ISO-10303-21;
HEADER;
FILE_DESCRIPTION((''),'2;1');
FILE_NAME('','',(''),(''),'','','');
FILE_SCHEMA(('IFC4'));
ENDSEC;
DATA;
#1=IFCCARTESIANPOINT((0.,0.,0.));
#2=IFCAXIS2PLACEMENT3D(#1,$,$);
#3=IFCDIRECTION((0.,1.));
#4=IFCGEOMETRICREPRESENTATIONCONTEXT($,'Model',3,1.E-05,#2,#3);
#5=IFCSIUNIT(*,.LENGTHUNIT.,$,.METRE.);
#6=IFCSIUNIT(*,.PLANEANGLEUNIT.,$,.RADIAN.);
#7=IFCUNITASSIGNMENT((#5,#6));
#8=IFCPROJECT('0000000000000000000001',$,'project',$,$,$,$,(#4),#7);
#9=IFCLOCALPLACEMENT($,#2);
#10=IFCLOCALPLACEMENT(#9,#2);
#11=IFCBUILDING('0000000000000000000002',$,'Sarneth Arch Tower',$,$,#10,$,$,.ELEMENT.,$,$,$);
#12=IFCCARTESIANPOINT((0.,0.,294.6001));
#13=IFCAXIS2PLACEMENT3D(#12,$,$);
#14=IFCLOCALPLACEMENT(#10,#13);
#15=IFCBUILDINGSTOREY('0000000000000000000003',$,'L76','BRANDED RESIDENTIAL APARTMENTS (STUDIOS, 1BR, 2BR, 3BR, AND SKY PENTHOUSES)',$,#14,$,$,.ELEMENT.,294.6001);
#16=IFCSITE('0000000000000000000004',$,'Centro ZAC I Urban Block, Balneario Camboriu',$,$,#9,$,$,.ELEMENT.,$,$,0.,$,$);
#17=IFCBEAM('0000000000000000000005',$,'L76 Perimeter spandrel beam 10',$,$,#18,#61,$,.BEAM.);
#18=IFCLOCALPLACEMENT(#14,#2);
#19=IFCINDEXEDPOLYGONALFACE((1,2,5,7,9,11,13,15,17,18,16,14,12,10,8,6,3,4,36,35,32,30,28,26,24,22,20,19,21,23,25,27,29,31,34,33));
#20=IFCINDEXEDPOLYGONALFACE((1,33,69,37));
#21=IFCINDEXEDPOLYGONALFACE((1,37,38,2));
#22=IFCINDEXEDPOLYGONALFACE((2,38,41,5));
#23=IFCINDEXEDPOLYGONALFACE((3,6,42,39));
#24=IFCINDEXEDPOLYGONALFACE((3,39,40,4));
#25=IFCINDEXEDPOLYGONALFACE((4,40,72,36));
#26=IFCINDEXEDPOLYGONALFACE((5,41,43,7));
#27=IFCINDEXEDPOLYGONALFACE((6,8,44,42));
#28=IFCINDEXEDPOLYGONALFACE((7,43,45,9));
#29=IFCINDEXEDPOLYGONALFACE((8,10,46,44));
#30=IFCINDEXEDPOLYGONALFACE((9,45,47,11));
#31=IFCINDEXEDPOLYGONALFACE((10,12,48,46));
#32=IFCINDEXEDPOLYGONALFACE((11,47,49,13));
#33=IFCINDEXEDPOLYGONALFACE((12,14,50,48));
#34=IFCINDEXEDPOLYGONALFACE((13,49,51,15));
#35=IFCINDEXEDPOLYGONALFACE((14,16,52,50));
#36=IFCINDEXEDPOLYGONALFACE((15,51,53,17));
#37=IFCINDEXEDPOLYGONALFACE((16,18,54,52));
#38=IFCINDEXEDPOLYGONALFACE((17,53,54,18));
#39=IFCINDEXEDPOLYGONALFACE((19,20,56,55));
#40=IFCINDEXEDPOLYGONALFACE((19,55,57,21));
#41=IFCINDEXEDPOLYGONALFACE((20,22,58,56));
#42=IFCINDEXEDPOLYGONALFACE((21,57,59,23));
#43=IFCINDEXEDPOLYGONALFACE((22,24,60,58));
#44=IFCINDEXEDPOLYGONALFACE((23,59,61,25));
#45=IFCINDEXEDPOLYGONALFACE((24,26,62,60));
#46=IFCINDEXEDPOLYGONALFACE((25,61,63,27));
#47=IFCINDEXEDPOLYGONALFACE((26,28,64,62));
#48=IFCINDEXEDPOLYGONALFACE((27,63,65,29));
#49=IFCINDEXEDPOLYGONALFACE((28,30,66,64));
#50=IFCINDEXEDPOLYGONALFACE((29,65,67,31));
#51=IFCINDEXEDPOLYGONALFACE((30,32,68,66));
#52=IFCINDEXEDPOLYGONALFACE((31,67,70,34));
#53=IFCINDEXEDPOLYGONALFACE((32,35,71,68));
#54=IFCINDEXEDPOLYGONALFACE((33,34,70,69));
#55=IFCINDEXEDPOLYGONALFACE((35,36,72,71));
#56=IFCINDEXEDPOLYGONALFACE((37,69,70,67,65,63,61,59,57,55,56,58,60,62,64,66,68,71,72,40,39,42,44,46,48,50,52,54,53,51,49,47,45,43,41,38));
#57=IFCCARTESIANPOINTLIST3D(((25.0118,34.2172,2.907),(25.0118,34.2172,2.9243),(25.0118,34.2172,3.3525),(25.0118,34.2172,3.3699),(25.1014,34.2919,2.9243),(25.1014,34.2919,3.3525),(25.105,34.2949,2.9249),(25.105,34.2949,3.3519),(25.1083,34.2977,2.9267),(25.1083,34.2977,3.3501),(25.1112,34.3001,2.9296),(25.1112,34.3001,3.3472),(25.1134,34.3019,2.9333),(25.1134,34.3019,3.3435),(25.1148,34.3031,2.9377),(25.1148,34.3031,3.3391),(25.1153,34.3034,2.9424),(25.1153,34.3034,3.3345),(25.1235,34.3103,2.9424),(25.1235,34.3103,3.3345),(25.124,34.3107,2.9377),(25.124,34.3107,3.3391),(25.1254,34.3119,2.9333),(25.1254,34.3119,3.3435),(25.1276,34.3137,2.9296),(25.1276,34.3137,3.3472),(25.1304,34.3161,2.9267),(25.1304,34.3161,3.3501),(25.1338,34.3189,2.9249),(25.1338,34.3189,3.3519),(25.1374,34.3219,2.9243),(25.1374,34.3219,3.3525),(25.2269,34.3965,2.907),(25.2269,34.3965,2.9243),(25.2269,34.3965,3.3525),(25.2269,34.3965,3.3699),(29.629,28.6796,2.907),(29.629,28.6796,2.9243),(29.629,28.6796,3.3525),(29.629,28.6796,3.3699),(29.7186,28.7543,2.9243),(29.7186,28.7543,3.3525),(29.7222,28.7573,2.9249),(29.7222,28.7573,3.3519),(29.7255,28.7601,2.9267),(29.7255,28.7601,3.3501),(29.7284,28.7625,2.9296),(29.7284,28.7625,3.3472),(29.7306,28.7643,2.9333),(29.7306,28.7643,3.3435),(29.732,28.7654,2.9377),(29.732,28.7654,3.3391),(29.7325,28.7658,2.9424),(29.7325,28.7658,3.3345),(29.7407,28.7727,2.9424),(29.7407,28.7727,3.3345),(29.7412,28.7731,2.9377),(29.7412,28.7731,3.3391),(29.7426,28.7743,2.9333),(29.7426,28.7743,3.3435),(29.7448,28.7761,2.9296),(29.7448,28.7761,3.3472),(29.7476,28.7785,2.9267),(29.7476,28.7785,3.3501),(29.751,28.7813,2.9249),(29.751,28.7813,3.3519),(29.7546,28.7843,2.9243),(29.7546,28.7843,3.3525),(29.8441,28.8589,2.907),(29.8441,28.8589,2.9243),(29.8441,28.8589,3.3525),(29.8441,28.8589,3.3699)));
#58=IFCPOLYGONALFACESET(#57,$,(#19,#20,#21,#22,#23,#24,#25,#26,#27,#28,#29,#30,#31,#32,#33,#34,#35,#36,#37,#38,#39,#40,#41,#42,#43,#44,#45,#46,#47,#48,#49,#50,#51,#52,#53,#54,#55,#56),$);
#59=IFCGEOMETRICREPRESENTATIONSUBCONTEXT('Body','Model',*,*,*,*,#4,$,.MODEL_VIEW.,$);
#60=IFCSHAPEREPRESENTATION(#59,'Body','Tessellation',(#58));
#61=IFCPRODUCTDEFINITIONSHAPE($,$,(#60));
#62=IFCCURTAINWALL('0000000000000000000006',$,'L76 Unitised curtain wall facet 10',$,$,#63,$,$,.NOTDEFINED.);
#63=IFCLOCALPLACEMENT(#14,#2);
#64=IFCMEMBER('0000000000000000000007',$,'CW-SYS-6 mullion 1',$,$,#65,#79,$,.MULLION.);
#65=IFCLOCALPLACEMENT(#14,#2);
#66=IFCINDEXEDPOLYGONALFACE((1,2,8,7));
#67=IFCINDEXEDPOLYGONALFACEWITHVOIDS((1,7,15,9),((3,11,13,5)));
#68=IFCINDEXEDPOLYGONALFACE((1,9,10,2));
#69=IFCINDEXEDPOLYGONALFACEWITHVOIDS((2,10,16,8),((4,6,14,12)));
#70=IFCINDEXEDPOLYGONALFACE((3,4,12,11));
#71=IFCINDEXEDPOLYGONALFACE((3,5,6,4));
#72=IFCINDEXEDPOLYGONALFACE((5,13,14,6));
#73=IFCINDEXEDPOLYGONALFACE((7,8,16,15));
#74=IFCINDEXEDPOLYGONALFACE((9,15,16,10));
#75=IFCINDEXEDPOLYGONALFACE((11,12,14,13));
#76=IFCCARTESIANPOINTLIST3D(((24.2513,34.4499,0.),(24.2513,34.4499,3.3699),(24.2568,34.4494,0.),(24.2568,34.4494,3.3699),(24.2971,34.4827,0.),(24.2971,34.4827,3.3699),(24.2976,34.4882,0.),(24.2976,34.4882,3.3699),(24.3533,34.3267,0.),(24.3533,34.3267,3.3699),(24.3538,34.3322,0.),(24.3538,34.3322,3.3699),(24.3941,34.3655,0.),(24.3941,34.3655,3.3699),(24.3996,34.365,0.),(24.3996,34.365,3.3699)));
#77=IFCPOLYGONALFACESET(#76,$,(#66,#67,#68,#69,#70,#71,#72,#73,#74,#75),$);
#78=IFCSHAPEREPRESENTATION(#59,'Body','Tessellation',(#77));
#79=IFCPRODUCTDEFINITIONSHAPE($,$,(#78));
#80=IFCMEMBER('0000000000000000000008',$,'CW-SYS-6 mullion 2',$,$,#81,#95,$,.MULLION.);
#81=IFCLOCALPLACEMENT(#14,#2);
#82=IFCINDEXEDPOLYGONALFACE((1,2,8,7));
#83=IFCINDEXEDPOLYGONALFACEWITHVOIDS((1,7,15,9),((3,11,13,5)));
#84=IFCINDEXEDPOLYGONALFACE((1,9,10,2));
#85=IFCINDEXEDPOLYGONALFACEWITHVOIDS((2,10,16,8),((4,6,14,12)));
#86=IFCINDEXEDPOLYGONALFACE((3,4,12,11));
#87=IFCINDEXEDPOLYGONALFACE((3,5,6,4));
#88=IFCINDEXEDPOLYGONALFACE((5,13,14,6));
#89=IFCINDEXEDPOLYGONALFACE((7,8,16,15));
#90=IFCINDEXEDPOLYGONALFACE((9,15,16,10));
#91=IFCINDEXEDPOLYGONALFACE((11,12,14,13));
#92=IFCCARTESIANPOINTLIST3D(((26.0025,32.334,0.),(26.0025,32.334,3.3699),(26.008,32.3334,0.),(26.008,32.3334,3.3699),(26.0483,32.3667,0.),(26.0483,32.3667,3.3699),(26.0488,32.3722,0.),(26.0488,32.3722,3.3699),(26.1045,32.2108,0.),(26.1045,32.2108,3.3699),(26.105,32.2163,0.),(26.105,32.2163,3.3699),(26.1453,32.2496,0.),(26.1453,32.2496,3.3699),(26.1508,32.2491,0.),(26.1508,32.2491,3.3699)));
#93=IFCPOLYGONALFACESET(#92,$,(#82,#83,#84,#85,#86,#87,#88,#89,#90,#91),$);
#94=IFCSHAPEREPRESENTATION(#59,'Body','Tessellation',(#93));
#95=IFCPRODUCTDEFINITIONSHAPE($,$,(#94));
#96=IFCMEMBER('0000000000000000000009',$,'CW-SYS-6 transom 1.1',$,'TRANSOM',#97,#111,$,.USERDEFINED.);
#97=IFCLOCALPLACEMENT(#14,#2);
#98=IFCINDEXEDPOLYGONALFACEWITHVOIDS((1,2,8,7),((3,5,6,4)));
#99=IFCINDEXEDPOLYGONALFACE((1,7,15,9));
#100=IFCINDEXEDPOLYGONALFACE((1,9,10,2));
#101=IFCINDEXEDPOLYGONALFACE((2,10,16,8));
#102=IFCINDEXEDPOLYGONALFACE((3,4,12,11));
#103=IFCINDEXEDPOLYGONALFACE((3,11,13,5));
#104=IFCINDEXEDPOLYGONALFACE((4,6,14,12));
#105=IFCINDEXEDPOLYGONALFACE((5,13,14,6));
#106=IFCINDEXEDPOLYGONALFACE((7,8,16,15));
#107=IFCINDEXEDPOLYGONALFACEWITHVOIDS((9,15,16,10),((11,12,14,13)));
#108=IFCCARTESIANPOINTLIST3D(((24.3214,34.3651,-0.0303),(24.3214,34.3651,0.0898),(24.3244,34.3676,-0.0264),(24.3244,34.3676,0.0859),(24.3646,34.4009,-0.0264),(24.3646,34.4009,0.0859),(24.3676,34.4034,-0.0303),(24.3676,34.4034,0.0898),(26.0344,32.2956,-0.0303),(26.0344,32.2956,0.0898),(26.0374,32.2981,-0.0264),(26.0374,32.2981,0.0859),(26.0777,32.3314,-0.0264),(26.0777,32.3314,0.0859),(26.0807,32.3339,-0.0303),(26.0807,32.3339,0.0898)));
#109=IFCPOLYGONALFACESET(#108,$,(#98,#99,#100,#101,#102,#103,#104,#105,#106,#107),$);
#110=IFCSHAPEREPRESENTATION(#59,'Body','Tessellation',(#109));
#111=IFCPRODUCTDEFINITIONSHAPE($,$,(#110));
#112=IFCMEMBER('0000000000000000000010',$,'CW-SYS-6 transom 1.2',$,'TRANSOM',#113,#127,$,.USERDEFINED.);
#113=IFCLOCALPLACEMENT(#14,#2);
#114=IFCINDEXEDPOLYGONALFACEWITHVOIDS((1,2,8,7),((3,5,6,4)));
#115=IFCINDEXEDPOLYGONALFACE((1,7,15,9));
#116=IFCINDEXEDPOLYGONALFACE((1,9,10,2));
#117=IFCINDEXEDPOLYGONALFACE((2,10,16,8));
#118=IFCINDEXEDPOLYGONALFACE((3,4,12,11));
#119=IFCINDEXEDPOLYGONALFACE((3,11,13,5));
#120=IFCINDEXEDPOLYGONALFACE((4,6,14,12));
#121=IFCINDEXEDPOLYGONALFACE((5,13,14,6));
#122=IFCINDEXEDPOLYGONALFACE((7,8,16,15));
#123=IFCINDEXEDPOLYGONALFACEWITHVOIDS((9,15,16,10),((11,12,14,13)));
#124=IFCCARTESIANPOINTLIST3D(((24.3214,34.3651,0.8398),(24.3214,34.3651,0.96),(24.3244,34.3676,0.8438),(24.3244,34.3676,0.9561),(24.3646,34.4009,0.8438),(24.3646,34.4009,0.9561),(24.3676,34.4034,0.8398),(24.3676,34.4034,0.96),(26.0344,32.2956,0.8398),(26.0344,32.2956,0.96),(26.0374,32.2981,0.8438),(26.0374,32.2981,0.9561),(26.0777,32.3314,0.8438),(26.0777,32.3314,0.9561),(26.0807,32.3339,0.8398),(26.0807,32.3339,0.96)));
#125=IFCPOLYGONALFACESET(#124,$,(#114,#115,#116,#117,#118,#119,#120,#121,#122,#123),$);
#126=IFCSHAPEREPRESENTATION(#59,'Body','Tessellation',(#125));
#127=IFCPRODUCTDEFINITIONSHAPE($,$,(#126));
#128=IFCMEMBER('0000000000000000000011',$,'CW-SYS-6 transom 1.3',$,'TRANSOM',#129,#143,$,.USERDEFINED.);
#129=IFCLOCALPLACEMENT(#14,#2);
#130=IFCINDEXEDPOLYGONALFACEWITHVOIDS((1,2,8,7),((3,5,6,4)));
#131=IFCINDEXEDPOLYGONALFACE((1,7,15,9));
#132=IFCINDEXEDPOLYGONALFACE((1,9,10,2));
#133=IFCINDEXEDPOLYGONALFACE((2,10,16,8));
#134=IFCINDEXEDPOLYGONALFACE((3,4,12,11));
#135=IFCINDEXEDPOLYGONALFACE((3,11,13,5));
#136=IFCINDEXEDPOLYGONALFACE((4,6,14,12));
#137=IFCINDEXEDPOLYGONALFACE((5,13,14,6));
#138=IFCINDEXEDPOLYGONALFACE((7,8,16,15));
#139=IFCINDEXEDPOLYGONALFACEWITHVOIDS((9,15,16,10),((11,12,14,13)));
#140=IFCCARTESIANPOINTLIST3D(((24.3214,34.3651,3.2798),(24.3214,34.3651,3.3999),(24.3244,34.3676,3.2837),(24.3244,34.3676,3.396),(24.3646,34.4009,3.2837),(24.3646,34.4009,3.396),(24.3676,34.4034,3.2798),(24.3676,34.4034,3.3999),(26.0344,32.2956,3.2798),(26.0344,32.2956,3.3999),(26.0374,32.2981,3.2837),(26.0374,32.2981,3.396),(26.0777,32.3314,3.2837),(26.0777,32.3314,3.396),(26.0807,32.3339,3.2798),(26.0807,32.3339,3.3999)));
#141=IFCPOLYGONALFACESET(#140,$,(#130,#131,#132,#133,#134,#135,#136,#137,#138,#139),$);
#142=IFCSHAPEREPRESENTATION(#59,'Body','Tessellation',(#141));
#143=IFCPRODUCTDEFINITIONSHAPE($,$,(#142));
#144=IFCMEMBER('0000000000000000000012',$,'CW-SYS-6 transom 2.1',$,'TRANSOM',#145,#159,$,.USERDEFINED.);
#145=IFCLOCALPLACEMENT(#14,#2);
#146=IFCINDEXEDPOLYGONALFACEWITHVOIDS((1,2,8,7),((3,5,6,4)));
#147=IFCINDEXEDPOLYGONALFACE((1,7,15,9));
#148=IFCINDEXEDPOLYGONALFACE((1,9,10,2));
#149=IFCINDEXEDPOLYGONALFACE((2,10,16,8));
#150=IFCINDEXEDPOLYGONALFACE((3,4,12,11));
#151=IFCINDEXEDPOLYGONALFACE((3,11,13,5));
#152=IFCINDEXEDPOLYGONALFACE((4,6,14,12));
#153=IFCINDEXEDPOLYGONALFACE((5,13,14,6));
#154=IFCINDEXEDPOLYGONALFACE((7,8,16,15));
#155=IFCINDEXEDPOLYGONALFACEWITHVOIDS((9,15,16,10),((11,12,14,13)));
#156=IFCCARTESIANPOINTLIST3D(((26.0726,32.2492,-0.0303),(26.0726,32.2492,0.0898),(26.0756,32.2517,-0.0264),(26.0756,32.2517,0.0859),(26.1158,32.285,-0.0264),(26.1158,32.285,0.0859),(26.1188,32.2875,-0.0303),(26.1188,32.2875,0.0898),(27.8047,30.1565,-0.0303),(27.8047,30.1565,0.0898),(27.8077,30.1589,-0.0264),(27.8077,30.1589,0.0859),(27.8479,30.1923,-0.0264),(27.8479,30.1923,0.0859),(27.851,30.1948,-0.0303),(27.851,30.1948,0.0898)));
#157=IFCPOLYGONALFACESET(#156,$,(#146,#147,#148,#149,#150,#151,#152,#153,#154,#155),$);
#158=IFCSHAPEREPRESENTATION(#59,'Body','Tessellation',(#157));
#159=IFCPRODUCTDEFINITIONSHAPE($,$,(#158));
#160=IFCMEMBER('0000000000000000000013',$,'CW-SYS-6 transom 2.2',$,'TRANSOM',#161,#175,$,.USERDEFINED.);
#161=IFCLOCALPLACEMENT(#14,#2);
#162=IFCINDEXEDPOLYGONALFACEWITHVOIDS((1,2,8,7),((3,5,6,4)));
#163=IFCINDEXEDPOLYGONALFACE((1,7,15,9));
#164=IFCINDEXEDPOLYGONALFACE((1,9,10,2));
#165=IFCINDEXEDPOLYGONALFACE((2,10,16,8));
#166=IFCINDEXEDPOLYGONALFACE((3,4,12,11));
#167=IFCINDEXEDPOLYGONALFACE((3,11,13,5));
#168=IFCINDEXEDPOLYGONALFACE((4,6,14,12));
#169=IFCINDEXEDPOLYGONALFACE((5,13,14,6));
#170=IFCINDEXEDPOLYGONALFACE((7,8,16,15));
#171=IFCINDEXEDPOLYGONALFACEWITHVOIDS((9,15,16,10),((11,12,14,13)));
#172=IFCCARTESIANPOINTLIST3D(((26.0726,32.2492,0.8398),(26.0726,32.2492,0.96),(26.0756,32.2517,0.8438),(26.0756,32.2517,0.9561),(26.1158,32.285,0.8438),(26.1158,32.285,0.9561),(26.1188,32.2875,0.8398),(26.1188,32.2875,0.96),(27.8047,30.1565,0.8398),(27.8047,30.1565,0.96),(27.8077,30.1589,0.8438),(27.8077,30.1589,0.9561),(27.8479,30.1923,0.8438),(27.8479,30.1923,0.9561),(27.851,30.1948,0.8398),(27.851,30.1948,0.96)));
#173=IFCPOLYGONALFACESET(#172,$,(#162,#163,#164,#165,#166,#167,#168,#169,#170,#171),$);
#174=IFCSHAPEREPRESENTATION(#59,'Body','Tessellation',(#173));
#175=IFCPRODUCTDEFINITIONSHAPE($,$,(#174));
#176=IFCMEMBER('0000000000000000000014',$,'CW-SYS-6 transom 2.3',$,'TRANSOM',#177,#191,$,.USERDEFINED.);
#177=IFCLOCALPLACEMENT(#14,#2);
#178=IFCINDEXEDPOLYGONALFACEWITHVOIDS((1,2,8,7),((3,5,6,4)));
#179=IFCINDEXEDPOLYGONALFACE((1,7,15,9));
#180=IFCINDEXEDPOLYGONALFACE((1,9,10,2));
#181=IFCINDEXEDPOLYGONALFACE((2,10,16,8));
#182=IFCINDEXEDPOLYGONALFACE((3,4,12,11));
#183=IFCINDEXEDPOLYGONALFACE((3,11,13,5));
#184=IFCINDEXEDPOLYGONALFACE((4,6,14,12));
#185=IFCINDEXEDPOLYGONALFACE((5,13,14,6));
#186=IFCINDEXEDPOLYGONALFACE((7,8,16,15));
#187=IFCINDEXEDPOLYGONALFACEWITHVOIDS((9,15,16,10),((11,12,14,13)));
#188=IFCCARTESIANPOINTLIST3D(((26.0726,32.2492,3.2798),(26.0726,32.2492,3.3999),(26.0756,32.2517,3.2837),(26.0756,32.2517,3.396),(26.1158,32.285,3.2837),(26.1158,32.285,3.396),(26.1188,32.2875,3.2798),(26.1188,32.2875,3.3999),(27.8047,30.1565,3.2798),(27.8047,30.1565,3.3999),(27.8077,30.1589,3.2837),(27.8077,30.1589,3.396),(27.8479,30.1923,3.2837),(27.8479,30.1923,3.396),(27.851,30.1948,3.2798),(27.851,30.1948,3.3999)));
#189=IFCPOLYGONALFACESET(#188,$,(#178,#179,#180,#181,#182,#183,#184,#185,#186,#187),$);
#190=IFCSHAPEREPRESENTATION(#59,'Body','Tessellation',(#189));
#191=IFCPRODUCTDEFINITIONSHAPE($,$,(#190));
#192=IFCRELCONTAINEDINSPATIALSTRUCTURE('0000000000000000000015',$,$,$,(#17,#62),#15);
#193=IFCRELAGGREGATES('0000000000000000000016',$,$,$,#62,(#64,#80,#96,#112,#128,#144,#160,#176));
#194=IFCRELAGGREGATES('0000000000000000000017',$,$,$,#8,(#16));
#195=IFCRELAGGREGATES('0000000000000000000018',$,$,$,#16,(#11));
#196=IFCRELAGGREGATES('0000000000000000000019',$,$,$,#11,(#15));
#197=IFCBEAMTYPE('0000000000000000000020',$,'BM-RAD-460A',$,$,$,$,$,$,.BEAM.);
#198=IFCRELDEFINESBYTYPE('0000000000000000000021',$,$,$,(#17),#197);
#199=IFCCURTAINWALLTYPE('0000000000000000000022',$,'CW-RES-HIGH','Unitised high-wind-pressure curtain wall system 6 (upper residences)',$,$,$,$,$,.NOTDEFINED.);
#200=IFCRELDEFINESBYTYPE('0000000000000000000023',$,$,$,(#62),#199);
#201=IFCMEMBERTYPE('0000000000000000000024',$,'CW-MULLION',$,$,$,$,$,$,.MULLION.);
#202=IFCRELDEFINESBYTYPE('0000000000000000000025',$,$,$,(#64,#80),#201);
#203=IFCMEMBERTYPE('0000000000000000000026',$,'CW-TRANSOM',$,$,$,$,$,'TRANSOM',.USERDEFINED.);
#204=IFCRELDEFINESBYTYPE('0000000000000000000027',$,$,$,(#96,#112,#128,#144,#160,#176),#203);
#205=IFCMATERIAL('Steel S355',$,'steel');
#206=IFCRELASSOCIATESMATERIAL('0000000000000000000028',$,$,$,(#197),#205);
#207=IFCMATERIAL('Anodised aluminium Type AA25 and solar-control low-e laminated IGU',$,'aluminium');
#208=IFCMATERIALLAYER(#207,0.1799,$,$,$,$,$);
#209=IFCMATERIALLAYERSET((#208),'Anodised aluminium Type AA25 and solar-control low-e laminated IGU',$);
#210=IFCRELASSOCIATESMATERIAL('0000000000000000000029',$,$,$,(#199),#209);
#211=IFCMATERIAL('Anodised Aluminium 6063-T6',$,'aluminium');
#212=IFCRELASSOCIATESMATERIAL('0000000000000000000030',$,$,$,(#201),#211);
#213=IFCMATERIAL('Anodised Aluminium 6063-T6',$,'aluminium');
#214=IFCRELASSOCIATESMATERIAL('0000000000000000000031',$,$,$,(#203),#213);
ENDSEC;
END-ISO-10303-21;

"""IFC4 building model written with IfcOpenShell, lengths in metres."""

from ifc_helpers import new_model, si_unit, direction, frame, origin, origin_2d, place, context, subcontext, project, spatial, hollow_rectangle, i_section, extrude, material, layer, layer_set, material_profile, profile_set, type_object, element, aggregate, save


model = new_model("IFC4")

# Units and contexts
model_context = context("Model", 3, precision=1e-05, world=origin(), true_north=direction((0.0, 1.0)))
body_context = subcontext(model_context, "Body", "Model", "MODEL_VIEW")
ifc_project = project(units=[si_unit("LENGTHUNIT", "METRE"), si_unit("PLANEANGLEUNIT", "RADIAN")], contexts=[model_context])

# Site, building, storey
site_placement = place(None, origin())
site = spatial("IfcSite", under=ifc_project, at=site_placement, Name="Centro ZAC I Urban Block, Balneario Camboriu", CompositionType="ELEMENT", RefElevation=0.0)
building_placement = place(site_placement, origin())
building = spatial("IfcBuilding", under=site, at=building_placement, Name="Sarneth Arch Tower", CompositionType="ELEMENT")
storey_placement = place(building_placement, frame((0.0, 0.0, 294.6001)))
storey = spatial("IfcBuildingStorey", under=building, at=storey_placement, Name="L76", Description="BRANDED RESIDENTIAL APARTMENTS (STUDIOS, 1BR, 2BR, 3BR, AND SKY PENTHOUSES)", CompositionType="ELEMENT", Elevation=294.6001)

# Beam
ifc_material_1 = material(Name="Steel S355", Category="steel")
ifc_material_profile_1 = material_profile(ifc_material_1, i_section(OverallWidth=0.28, OverallDepth=0.4629, WebThickness=0.0107, FlangeThickness=0.0173, FilletRadius=0.0181, at=origin_2d()), Name="W460x113")
ifc_profile_set_1 = profile_set([ifc_material_profile_1], Name="Steel S355")
beam_type_1 = type_object("IfcBeamType", Name="BM-RAD-460A", PredefinedType="BEAM", material=ifc_profile_set_1)
beam_1_placement = place(storey_placement, frame((25.1194, 34.3069, 3.1384), z_axis=(0.640391, -0.768049, 0.0), x_axis=(0.768049, 0.640391, 0.0)))
element("IfcBeam", 1, at=beam_1_placement, inside=storey, type_object=beam_type_1, Name="L76 Perimeter spandrel beam 10", PredefinedType="BEAM", context=body_context, shape_type="SweptSolid", body=[
    extrude(i_section(OverallWidth=0.28, OverallDepth=0.4629, WebThickness=0.0107, FlangeThickness=0.0173, FilletRadius=0.0181, at=origin_2d()), origin(), (0.0, 0.0, 1.0), 7.21),
])

# Curtain wall, members
ifc_material_2 = material(Name="Anodised aluminium Type AA25 and solar-control low-e laminated IGU", Category="aluminium")
ifc_layer_1 = layer(ifc_material_2, 0.1799)
ifc_layer_set_1 = layer_set([ifc_layer_1], Name="Anodised aluminium Type AA25 and solar-control low-e laminated IGU")
curtain_wall_type = type_object("IfcCurtainWallType", Name="CW-RES-HIGH", Description="Unitised high-wind-pressure curtain wall system 6 (upper residences)", PredefinedType="NOTDEFINED", material=ifc_layer_set_1)
curtain_wall_placement = place(storey_placement, origin())
curtain_wall = element("IfcCurtainWall", 2, at=curtain_wall_placement, inside=storey, type_object=curtain_wall_type, Name="L76 Unitised curtain wall facet 10", PredefinedType="NOTDEFINED")
ifc_material_3 = material(Name="Anodised Aluminium 6063-T6", Category="aluminium")
ifc_material_profile_2 = material_profile(ifc_material_3, hollow_rectangle(XDim=0.0601, YDim=0.1599, WallThickness=0.0039, at=origin_2d()), Name="AL-MULL-160x60x4")
ifc_profile_set_2 = profile_set([ifc_material_profile_2], Name="Anodised Aluminium 6063-T6")
member_type_1 = type_object("IfcMemberType", Name="CW-MULLION", PredefinedType="MULLION", material=ifc_profile_set_2)
member_1_placement = place(storey_placement, frame((24.3254, 34.4075, 0.0), z_axis=(0.0, 0.0, 1.0), x_axis=(0.770359, 0.63761, 0.0)))
member_1 = element("IfcMember", 3, at=member_1_placement, type_object=member_type_1, Name="CW-SYS-6 mullion 1", PredefinedType="MULLION", context=body_context, shape_type="SweptSolid", body=[
    extrude(hollow_rectangle(XDim=0.0601, YDim=0.1599, WallThickness=0.0039, at=origin_2d()), origin(), (0.0, 0.0, 1.0), 3.3699),
])
member_2_placement = place(storey_placement, frame((26.0767, 32.2915, 0.0), z_axis=(0.0, 0.0, 1.0), x_axis=(0.770359, 0.63761, 0.0)))
member_2 = element("IfcMember", 4, at=member_2_placement, type_object=member_type_1, Name="CW-SYS-6 mullion 2", PredefinedType="MULLION", context=body_context, shape_type="SweptSolid", body=[
    extrude(hollow_rectangle(XDim=0.0601, YDim=0.1599, WallThickness=0.0039, at=origin_2d()), origin(), (0.0, 0.0, 1.0), 3.3699),
])
ifc_material_4 = material(Name="Anodised Aluminium 6063-T6", Category="aluminium")
ifc_material_profile_3 = material_profile(ifc_material_4, hollow_rectangle(XDim=0.0601, YDim=0.1201, WallThickness=0.0039, at=origin_2d()), Name="AL-TRAN-120x60x4")
ifc_profile_set_3 = profile_set([ifc_material_profile_3], Name="Anodised Aluminium 6063-T6")
member_type_2 = type_object("IfcMemberType", Name="CW-TRANSOM", ElementType="TRANSOM", PredefinedType="USERDEFINED", material=ifc_profile_set_3)
member_3_placement = place(storey_placement, frame((24.3445, 34.3843, 0.0298), z_axis=(0.637651, -0.770325, 0.0), x_axis=(0.770325, 0.637651, 0.0)))
member_3 = element("IfcMember", 5, at=member_3_placement, type_object=member_type_2, Name="CW-SYS-6 transom 1.1", ObjectType="TRANSOM", PredefinedType="USERDEFINED", context=body_context, shape_type="SweptSolid", body=[
    extrude(hollow_rectangle(XDim=0.0601, YDim=0.1201, WallThickness=0.0039, at=origin_2d()), origin(), (0.0, 0.0, 1.0), 2.6865),
])
member_4_placement = place(storey_placement, frame((24.3445, 34.3843, 0.8999), z_axis=(0.637651, -0.770325, 0.0), x_axis=(0.770325, 0.637651, 0.0)))
member_4 = element("IfcMember", 6, at=member_4_placement, type_object=member_type_2, Name="CW-SYS-6 transom 1.2", ObjectType="TRANSOM", PredefinedType="USERDEFINED", context=body_context, shape_type="SweptSolid", body=[
    extrude(hollow_rectangle(XDim=0.0601, YDim=0.1201, WallThickness=0.0039, at=origin_2d()), origin(), (0.0, 0.0, 1.0), 2.6865),
])
member_5_placement = place(storey_placement, frame((24.3445, 34.3843, 3.3398), z_axis=(0.637651, -0.770325, 0.0), x_axis=(0.770325, 0.637651, 0.0)))
member_5 = element("IfcMember", 7, at=member_5_placement, type_object=member_type_2, Name="CW-SYS-6 transom 1.3", ObjectType="TRANSOM", PredefinedType="USERDEFINED", context=body_context, shape_type="SweptSolid", body=[
    extrude(hollow_rectangle(XDim=0.0601, YDim=0.1201, WallThickness=0.0039, at=origin_2d()), origin(), (0.0, 0.0, 1.0), 2.6865),
])
member_6_placement = place(storey_placement, frame((26.0957, 32.2683, 0.0298), z_axis=(0.637617, -0.770353, 0.0), x_axis=(0.770353, 0.637617, 0.0)))
member_6 = element("IfcMember", 8, at=member_6_placement, type_object=member_type_2, Name="CW-SYS-6 transom 2.1", ObjectType="TRANSOM", PredefinedType="USERDEFINED", context=body_context, shape_type="SweptSolid", body=[
    extrude(hollow_rectangle(XDim=0.0601, YDim=0.1201, WallThickness=0.0039, at=origin_2d()), origin(), (0.0, 0.0, 1.0), 2.7166),
])
member_7_placement = place(storey_placement, frame((26.0957, 32.2683, 0.8999), z_axis=(0.637617, -0.770353, 0.0), x_axis=(0.770353, 0.637617, 0.0)))
member_7 = element("IfcMember", 9, at=member_7_placement, type_object=member_type_2, Name="CW-SYS-6 transom 2.2", ObjectType="TRANSOM", PredefinedType="USERDEFINED", context=body_context, shape_type="SweptSolid", body=[
    extrude(hollow_rectangle(XDim=0.0601, YDim=0.1201, WallThickness=0.0039, at=origin_2d()), origin(), (0.0, 0.0, 1.0), 2.7166),
])
member_8_placement = place(storey_placement, frame((26.0957, 32.2683, 3.3398), z_axis=(0.637617, -0.770353, 0.0), x_axis=(0.770353, 0.637617, 0.0)))
member_8 = element("IfcMember", 10, at=member_8_placement, type_object=member_type_2, Name="CW-SYS-6 transom 2.3", ObjectType="TRANSOM", PredefinedType="USERDEFINED", context=body_context, shape_type="SweptSolid", body=[
    extrude(hollow_rectangle(XDim=0.0601, YDim=0.1201, WallThickness=0.0039, at=origin_2d()), origin(), (0.0, 0.0, 1.0), 2.7166),
])
aggregate(curtain_wall, [member_1, member_2, member_3, member_4, member_5, member_6, member_7, member_8])

save(model, "model.ifc")
